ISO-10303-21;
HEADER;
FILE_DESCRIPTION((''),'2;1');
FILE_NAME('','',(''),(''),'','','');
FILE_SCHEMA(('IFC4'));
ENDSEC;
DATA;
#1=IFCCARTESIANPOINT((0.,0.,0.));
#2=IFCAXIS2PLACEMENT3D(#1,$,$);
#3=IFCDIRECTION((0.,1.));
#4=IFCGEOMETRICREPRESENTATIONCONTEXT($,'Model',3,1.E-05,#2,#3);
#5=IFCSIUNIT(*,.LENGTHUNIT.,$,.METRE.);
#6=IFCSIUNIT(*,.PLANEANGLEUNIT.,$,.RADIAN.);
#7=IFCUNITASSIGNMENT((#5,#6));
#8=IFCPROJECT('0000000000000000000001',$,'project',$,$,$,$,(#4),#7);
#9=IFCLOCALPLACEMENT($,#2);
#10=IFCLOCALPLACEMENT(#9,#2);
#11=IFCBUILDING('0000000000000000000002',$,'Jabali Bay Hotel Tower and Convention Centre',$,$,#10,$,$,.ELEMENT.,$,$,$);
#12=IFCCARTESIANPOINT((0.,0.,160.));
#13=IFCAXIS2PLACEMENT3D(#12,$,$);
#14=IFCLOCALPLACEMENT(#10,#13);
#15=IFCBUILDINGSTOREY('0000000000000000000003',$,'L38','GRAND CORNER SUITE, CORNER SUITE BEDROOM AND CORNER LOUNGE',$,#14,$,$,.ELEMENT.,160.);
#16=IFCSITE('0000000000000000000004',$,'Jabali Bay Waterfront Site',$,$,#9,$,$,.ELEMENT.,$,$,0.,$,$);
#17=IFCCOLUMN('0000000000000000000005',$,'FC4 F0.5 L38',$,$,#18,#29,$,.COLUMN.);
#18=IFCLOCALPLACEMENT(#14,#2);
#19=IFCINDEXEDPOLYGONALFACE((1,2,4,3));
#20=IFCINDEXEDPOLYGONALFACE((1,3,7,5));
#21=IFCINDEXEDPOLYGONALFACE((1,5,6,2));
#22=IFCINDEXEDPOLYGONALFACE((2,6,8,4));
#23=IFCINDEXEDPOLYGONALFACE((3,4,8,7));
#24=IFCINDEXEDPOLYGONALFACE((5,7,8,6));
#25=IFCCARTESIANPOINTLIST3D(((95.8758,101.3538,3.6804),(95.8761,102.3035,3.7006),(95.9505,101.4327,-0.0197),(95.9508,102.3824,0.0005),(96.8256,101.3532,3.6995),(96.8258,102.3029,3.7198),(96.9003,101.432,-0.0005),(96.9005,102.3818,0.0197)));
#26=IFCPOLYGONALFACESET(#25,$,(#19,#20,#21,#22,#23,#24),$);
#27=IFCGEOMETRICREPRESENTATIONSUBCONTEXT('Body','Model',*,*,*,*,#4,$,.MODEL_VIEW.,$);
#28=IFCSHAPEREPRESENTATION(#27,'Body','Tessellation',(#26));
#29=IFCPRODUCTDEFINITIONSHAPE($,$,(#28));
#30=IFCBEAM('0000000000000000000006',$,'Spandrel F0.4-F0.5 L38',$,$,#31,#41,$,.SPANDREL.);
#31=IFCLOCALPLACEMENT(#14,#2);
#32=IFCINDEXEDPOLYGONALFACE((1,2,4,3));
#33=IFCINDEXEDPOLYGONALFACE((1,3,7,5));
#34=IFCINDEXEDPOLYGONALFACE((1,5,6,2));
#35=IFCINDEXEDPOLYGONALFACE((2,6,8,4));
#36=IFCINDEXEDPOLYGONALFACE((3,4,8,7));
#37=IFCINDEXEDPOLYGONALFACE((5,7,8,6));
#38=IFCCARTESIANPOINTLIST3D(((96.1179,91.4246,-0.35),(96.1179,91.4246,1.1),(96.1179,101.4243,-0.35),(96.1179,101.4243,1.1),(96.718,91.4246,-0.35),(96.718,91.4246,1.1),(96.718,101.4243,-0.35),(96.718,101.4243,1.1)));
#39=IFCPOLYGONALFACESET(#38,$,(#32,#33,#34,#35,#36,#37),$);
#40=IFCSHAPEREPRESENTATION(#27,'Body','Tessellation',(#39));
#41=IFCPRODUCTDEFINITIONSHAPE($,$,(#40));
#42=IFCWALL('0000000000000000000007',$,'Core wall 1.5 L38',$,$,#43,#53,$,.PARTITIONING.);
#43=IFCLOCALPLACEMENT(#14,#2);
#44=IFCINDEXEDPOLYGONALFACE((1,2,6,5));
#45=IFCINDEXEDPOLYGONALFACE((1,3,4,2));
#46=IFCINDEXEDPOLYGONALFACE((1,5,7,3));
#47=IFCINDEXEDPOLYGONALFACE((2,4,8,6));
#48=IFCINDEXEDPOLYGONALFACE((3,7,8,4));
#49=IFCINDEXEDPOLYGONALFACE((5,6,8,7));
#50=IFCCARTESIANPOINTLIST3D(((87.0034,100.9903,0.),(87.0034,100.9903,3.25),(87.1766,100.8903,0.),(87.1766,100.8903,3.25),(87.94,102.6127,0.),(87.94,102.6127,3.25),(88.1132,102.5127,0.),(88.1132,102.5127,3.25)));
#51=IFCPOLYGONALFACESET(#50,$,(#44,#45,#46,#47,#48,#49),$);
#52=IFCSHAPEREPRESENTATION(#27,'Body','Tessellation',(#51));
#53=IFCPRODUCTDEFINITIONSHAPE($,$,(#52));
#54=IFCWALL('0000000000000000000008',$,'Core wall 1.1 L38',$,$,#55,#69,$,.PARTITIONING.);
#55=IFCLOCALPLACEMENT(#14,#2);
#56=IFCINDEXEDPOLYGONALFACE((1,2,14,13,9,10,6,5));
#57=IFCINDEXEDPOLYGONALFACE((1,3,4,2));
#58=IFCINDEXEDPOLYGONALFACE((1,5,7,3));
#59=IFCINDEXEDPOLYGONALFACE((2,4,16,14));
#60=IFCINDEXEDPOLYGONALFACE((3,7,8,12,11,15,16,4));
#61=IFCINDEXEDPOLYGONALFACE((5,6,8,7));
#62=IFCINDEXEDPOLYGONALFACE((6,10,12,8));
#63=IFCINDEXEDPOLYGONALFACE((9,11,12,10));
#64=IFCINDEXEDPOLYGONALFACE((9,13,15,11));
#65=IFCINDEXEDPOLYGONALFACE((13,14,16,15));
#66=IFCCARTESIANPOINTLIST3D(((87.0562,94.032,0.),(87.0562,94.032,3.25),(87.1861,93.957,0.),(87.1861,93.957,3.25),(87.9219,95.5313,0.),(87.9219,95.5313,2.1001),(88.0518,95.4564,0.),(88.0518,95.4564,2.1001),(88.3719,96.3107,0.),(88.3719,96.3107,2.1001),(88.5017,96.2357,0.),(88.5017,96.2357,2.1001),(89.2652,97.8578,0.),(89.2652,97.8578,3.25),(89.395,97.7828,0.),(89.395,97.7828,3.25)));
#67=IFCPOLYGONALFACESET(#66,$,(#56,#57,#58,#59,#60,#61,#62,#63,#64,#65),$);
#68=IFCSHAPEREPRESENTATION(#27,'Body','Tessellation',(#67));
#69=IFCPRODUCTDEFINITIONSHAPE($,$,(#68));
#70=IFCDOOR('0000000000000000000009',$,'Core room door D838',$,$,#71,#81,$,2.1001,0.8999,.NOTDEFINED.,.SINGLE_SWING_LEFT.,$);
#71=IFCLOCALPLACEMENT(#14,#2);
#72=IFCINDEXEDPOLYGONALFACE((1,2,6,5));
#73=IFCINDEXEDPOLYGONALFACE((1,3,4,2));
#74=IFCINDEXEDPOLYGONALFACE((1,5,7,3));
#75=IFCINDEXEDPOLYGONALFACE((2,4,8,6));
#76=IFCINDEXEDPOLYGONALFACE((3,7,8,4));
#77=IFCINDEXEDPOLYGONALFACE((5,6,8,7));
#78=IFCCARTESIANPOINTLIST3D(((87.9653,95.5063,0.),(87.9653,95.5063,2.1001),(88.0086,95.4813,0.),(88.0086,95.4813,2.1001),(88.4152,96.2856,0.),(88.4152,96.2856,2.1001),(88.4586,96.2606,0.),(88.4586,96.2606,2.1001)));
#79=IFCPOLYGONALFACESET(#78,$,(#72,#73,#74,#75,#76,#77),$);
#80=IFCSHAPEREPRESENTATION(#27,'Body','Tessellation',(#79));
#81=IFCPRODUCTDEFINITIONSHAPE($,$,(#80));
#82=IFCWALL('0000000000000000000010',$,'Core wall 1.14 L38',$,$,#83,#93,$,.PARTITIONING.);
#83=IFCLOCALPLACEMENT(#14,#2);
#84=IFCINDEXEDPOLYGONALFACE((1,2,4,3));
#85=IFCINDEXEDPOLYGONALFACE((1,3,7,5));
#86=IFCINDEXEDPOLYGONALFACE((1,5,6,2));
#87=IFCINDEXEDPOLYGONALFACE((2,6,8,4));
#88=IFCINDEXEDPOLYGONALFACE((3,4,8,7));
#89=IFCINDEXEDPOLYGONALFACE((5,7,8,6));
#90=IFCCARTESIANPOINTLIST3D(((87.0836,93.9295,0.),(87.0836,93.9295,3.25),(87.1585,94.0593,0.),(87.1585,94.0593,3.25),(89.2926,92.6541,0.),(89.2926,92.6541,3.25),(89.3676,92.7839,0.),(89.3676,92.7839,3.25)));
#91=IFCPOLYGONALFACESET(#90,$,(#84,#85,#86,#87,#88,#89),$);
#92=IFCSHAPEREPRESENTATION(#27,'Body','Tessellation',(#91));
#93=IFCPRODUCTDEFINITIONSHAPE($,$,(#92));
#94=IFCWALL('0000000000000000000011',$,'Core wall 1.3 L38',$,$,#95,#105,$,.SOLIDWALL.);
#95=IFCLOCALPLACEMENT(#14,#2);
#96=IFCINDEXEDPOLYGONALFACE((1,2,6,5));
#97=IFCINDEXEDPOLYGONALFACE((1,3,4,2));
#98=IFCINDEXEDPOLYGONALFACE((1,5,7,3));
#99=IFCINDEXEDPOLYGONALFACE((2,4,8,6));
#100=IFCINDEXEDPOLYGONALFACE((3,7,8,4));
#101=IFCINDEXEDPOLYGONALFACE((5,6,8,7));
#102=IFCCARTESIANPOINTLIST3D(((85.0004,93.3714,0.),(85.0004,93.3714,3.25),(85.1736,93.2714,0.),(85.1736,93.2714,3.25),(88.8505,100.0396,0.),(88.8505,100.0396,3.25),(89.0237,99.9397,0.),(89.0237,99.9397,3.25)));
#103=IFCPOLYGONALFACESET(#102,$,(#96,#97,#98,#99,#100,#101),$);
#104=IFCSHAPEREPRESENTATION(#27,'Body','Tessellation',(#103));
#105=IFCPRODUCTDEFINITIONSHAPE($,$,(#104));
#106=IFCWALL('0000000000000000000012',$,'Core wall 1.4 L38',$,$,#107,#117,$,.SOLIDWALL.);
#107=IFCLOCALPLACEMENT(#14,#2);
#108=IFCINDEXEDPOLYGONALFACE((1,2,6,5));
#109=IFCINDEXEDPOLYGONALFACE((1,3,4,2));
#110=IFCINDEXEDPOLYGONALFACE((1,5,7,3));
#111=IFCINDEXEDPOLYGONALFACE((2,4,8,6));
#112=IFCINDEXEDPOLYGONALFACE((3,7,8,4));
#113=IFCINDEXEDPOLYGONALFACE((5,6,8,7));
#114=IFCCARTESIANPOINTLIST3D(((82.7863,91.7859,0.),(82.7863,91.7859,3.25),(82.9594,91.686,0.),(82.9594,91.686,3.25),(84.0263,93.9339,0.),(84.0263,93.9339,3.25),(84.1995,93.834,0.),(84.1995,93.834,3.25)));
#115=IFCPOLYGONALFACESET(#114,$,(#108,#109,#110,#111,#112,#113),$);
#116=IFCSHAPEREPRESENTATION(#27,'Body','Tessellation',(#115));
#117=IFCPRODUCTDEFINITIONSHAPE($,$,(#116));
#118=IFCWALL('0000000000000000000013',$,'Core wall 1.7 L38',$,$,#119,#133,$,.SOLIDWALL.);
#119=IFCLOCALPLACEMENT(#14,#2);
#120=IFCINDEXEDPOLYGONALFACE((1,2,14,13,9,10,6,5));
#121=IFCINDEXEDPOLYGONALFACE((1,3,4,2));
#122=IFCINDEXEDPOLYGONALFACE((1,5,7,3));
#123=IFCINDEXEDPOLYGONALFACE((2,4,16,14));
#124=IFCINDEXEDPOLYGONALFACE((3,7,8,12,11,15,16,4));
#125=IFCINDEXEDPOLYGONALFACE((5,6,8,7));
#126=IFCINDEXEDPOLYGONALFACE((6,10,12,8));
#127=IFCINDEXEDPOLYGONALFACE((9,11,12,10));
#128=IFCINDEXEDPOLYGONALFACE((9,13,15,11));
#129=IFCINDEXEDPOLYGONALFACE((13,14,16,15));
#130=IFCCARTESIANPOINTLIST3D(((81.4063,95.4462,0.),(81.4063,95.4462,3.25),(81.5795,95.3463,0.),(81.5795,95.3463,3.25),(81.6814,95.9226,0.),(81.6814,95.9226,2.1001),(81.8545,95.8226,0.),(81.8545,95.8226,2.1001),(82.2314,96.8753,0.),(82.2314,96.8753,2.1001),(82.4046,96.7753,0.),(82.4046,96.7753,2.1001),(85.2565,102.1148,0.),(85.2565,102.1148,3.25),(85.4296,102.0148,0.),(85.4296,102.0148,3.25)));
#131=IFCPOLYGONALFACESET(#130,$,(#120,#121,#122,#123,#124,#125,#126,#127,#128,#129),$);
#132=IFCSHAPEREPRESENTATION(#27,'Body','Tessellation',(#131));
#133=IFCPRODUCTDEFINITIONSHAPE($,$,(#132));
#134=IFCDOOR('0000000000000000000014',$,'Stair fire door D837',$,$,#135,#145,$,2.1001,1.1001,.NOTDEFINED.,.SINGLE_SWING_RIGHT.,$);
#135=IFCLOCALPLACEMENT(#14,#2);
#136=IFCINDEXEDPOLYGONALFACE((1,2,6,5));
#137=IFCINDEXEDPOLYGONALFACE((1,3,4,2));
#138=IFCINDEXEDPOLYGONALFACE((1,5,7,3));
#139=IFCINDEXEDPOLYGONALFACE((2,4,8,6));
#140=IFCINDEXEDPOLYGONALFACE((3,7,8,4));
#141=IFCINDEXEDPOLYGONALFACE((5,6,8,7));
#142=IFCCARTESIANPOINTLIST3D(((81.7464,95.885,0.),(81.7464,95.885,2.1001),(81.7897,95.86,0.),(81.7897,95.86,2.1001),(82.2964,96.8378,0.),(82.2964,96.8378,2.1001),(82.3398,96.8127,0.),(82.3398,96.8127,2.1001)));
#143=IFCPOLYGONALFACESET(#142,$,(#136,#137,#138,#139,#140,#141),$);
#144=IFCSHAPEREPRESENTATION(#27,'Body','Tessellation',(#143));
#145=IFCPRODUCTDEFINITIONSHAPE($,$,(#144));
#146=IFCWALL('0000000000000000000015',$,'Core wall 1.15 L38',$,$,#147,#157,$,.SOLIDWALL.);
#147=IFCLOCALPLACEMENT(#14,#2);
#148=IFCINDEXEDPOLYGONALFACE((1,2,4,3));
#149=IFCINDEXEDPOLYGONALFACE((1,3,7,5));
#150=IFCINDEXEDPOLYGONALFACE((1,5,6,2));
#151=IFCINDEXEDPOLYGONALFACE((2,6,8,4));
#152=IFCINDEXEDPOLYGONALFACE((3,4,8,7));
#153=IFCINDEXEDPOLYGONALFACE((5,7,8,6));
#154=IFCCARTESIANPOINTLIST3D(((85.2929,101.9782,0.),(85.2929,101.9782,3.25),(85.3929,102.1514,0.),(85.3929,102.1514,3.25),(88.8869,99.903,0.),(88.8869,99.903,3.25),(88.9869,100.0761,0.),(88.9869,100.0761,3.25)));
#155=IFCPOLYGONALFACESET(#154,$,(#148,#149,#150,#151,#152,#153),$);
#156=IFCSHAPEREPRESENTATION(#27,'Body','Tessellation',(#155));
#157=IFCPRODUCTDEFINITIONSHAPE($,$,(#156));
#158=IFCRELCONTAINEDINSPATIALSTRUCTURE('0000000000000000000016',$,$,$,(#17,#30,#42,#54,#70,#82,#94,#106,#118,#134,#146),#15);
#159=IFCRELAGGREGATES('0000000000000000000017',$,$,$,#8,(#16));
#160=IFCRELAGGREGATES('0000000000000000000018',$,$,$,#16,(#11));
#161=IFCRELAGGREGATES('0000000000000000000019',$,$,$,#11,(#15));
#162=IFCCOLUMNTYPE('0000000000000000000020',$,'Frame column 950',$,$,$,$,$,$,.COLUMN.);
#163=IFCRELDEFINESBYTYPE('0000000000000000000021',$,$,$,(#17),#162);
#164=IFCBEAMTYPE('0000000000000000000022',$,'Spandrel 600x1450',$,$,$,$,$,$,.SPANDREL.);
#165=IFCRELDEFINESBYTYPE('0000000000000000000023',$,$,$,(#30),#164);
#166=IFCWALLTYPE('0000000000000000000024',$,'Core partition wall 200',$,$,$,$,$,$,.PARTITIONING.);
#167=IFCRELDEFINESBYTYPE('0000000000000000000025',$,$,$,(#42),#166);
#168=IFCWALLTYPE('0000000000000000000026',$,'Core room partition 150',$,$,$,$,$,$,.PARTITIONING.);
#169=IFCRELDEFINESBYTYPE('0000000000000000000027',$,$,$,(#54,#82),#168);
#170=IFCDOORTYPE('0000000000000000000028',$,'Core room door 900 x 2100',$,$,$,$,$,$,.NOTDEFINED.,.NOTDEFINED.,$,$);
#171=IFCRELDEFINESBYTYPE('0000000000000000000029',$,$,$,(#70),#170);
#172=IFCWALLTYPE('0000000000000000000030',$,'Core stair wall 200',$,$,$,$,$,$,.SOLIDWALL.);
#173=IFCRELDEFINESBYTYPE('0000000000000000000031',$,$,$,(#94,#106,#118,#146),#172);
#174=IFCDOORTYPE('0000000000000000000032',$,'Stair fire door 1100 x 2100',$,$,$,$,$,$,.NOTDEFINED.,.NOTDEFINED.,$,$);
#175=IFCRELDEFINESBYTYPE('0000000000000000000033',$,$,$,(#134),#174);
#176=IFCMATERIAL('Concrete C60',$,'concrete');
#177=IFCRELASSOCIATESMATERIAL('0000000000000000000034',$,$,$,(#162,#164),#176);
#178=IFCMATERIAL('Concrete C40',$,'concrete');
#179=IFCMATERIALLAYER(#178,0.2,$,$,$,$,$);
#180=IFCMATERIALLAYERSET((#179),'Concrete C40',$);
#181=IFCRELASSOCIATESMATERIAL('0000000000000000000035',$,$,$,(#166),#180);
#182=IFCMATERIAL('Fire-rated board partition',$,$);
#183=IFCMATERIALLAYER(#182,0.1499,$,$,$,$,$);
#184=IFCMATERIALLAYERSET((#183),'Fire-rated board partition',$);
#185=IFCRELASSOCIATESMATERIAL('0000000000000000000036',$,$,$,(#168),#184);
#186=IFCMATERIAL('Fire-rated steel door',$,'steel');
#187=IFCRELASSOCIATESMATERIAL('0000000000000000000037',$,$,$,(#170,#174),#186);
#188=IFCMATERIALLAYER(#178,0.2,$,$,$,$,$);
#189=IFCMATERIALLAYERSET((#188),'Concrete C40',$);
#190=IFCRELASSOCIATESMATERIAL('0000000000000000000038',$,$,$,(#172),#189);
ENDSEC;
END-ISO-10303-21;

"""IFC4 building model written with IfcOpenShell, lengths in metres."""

from ifc_helpers import new_model, si_unit, direction, frame, frame_2d, origin, origin_2d, place, context, subcontext, project, spatial, rectangle, extrude, material, layer, layer_set, material_profile, profile_set, type_object, element, fill, save


model = new_model("IFC4")

# Units and contexts
model_context = context("Model", 3, precision=1e-05, world=origin(), true_north=direction((0.0, 1.0)))
body_context = subcontext(model_context, "Body", "Model", "MODEL_VIEW")
ifc_project = project(units=[si_unit("LENGTHUNIT", "METRE"), si_unit("PLANEANGLEUNIT", "RADIAN")], contexts=[model_context])

# Site, building, storey
site_placement = place(None, origin())
site = spatial("IfcSite", under=ifc_project, at=site_placement, Name="Jabali Bay Waterfront Site", CompositionType="ELEMENT", RefElevation=0.0)
building_placement = place(site_placement, origin())
building = spatial("IfcBuilding", under=site, at=building_placement, Name="Jabali Bay Hotel Tower and Convention Centre", CompositionType="ELEMENT")
storey_placement = place(building_placement, frame((0.0, 0.0, 160.0)))
storey = spatial("IfcBuildingStorey", under=building, at=storey_placement, Name="L38", Description="GRAND CORNER SUITE, CORNER SUITE BEDROOM AND CORNER LOUNGE", CompositionType="ELEMENT", Elevation=160.0)

# Column
ifc_material_1 = material(Name="Concrete C60", Category="concrete")
ifc_material_profile_1 = material_profile(ifc_material_1, rectangle(XDim=0.95, YDim=0.95, at=origin_2d()), Name="Frame column 950")
ifc_profile_set_1 = profile_set([ifc_material_profile_1], Name="Concrete C60")
column_type = type_object("IfcColumnType", Name="Frame column 950", PredefinedType="COLUMN", material=ifc_profile_set_1)
column_placement = place(storey_placement, frame((96.4255, 101.9072, 0.0), z_axis=(-0.020183, -0.021304, 0.999569), x_axis=(0.999796, -0.000658, 0.020173)))
element("IfcColumn", 1, at=column_placement, inside=storey, type_object=column_type, Name="FC4 F0.5 L38", PredefinedType="COLUMN", context=body_context, shape_type="SweptSolid", body=[
    extrude(rectangle(XDim=0.95, YDim=0.95, at=origin_2d()), origin(), (0.0, 0.0, 1.0), 3.7017),
])

# Beam
ifc_material_profile_2 = material_profile(ifc_material_1, rectangle(XDim=0.6001, YDim=1.45, at=origin_2d()), Name="Spandrel 600x1450")
ifc_profile_set_2 = profile_set([ifc_material_profile_2], Name="Concrete C60")
beam_type = type_object("IfcBeamType", Name="Spandrel 600x1450", PredefinedType="SPANDREL", material=ifc_profile_set_2)
beam_placement = place(storey_placement, frame((96.418, 91.4246, 0.375), z_axis=(0.0, 1.0, 0.0), x_axis=(-1.0, 0.0, 0.0)))
element("IfcBeam", 2, at=beam_placement, inside=storey, type_object=beam_type, Name="Spandrel F0.4-F0.5 L38", PredefinedType="SPANDREL", context=body_context, shape_type="SweptSolid", body=[
    extrude(rectangle(XDim=0.6001, YDim=1.45, at=origin_2d()), origin(), (0.0, 0.0, 1.0), 9.9998),
])

# Wall
ifc_material_2 = material(Name="Concrete C40", Category="concrete")
ifc_layer_1 = layer(ifc_material_2, 0.2)
ifc_layer_set_1 = layer_set([ifc_layer_1], Name="Concrete C40")
wall_type_1 = type_object("IfcWallType", Name="Core partition wall 200", PredefinedType="PARTITIONING", material=ifc_layer_set_1)
wall_1_placement = place(storey_placement, frame((87.0901, 100.9404, 0.0), z_axis=(0.0, 0.0, 1.0), x_axis=(0.499952, 0.866053, 0.0)))
element("IfcWall", 3, at=wall_1_placement, inside=storey, type_object=wall_type_1, Name="Core wall 1.5 L38", PredefinedType="PARTITIONING", context=body_context, shape_type="SweptSolid", body=[
    extrude(rectangle(XDim=1.8733, YDim=0.2, at=frame_2d((0.9365, 0.0))), origin(), (0.0, 0.0, 1.0), 3.25),
])

# Wall, opening, door
ifc_material_3 = material(Name="Fire-rated board partition")
ifc_layer_2 = layer(ifc_material_3, 0.1499)
ifc_layer_set_2 = layer_set([ifc_layer_2], Name="Fire-rated board partition")
wall_type_2 = type_object("IfcWallType", Name="Core room partition 150", PredefinedType="PARTITIONING", material=ifc_layer_set_2)
wall_2_placement = place(storey_placement, frame((87.1211, 93.9944, 0.0), z_axis=(0.0, 0.0, 1.0), x_axis=(0.500014, 0.866017, 0.0)))
wall_2 = element("IfcWall", 4, at=wall_2_placement, inside=storey, type_object=wall_type_2, Name="Core wall 1.1 L38", PredefinedType="PARTITIONING", context=body_context, shape_type="SweptSolid", body=[
    extrude(rectangle(XDim=4.4177, YDim=0.1499, at=frame_2d((2.209, 0.0))), origin(), (0.0, 0.0, 1.0), 3.25),
])
opening_1_placement = place(wall_2_placement, frame((1.7314, 0.0, 0.0)))
opening_1 = element("IfcOpeningElement", 5, at=opening_1_placement, cuts=wall_2, PredefinedType="OPENING", context=body_context, shape_type="SweptSolid", body=[
    extrude(rectangle(XDim=0.8999, YDim=2.1001, at=frame_2d((0.45, 1.05))), frame((0.0, 0.0854, 0.0), z_axis=(0.0, -1.0, 0.0), x_axis=(1.0, 0.0, 0.0)), (0.0, 0.0, 1.0), 0.1709),
])
ifc_material_4 = material(Name="Fire-rated steel door", Category="steel")
door_type_1 = type_object("IfcDoorType", Name="Core room door 900 x 2100", OperationType="NOTDEFINED", PredefinedType="NOTDEFINED", material=ifc_material_4)
door_1_placement = place(opening_1_placement, origin())
door_1 = element("IfcDoor", 6, at=door_1_placement, inside=storey, type_object=door_type_1, Name="Core room door D838", OperationType="SINGLE_SWING_LEFT", OverallHeight=2.1001, OverallWidth=0.8999, PredefinedType="NOTDEFINED", context=body_context, shape_type="SweptSolid", body=[
    extrude(rectangle(XDim=0.8999, YDim=2.1001, at=frame_2d((0.45, 1.05))), frame((0.0, 0.0249, 0.0), z_axis=(0.0, -1.0, 0.0), x_axis=(1.0, 0.0, 0.0)), (0.0, 0.0, 1.0), 0.05),
])
fill(opening_1, door_1)

# Walls
wall_3_placement = place(storey_placement, frame((89.3301, 92.719, 0.0), z_axis=(0.0, 0.0, 1.0), x_axis=(-0.86602, 0.50001, 0.0)))
element("IfcWall", 7, at=wall_3_placement, inside=storey, type_object=wall_type_2, Name="Core wall 1.14 L38", PredefinedType="PARTITIONING", context=body_context, shape_type="SweptSolid", body=[
    extrude(rectangle(XDim=2.5508, YDim=0.1499, at=frame_2d((1.2754, 0.0))), origin(), (0.0, 0.0, 1.0), 3.25),
])
ifc_layer_3 = layer(ifc_material_2, 0.2)
ifc_layer_set_3 = layer_set([ifc_layer_3], Name="Concrete C40")
wall_type_3 = type_object("IfcWallType", Name="Core stair wall 200", PredefinedType="SOLIDWALL", material=ifc_layer_set_3)
wall_4_placement = place(storey_placement, frame((85.0869, 93.3213, 0.0), z_axis=(0.0, 0.0, 1.0), x_axis=(0.50002, 0.866014, 0.0)))
element("IfcWall", 8, at=wall_4_placement, inside=storey, type_object=wall_type_3, Name="Core wall 1.3 L38", PredefinedType="SOLIDWALL", context=body_context, shape_type="SweptSolid", body=[
    extrude(rectangle(XDim=7.7, YDim=0.2, at=frame_2d((3.8501, 0.0))), origin(), (0.0, 0.0, 1.0), 3.25),
])
wall_5_placement = place(storey_placement, frame((82.8728, 91.7358, 0.0), z_axis=(0.0, 0.0, 1.0), x_axis=(0.499961, 0.866048, 0.0)))
element("IfcWall", 9, at=wall_5_placement, inside=storey, type_object=wall_type_3, Name="Core wall 1.4 L38", PredefinedType="SOLIDWALL", context=body_context, shape_type="SweptSolid", body=[
    extrude(rectangle(XDim=2.4802, YDim=0.2, at=frame_2d((1.2402, 0.0))), origin(), (0.0, 0.0, 1.0), 3.25),
])

# Wall, opening, door
wall_6_placement = place(storey_placement, frame((81.4929, 95.3962, 0.0), z_axis=(0.0, 0.0, 1.0), x_axis=(0.500006, 0.866022, 0.0)))
wall_6 = element("IfcWall", 10, at=wall_6_placement, inside=storey, type_object=wall_type_3, Name="Core wall 1.7 L38", PredefinedType="SOLIDWALL", context=body_context, shape_type="SweptSolid", body=[
    extrude(rectangle(XDim=7.7002, YDim=0.2, at=frame_2d((3.8501, 0.0))), origin(), (0.0, 0.0, 1.0), 3.25),
])
opening_2_placement = place(wall_6_placement, frame((0.55, 0.0, 0.0)))
opening_2 = element("IfcOpeningElement", 11, at=opening_2_placement, cuts=wall_6, PredefinedType="OPENING", context=body_context, shape_type="SweptSolid", body=[
    extrude(rectangle(XDim=1.1001, YDim=2.1001, at=frame_2d((0.55, 1.05))), frame((0.0, 0.1104, 0.0), z_axis=(0.0, -1.0, 0.0), x_axis=(1.0, 0.0, 0.0)), (0.0, 0.0, 1.0), 0.2209),
])
door_type_2 = type_object("IfcDoorType", Name="Stair fire door 1100 x 2100", OperationType="NOTDEFINED", PredefinedType="NOTDEFINED", material=ifc_material_4)
door_2_placement = place(opening_2_placement, origin())
door_2 = element("IfcDoor", 12, at=door_2_placement, inside=storey, type_object=door_type_2, Name="Stair fire door D837", OperationType="SINGLE_SWING_RIGHT", OverallHeight=2.1001, OverallWidth=1.1001, PredefinedType="NOTDEFINED", context=body_context, shape_type="SweptSolid", body=[
    extrude(rectangle(XDim=1.1001, YDim=2.1001, at=frame_2d((0.55, 1.05))), frame((0.0, 0.0249, 0.0), z_axis=(0.0, -1.0, 0.0), x_axis=(1.0, 0.0, 0.0)), (0.0, 0.0, 1.0), 0.05),
])
fill(opening_2, door_2)

# Wall
wall_7_placement = place(storey_placement, frame((88.937, 99.9895, 0.0), z_axis=(0.0, 0.0, 1.0), x_axis=(-0.866004, 0.500036, 0.0)))
element("IfcWall", 13, at=wall_7_placement, inside=storey, type_object=wall_type_3, Name="Core wall 1.15 L38", PredefinedType="SOLIDWALL", context=body_context, shape_type="SweptSolid", body=[
    extrude(rectangle(XDim=4.1501, YDim=0.2, at=frame_2d((2.0752, 0.0))), origin(), (0.0, 0.0, 1.0), 3.25),
])

save(model, "model.ifc")
